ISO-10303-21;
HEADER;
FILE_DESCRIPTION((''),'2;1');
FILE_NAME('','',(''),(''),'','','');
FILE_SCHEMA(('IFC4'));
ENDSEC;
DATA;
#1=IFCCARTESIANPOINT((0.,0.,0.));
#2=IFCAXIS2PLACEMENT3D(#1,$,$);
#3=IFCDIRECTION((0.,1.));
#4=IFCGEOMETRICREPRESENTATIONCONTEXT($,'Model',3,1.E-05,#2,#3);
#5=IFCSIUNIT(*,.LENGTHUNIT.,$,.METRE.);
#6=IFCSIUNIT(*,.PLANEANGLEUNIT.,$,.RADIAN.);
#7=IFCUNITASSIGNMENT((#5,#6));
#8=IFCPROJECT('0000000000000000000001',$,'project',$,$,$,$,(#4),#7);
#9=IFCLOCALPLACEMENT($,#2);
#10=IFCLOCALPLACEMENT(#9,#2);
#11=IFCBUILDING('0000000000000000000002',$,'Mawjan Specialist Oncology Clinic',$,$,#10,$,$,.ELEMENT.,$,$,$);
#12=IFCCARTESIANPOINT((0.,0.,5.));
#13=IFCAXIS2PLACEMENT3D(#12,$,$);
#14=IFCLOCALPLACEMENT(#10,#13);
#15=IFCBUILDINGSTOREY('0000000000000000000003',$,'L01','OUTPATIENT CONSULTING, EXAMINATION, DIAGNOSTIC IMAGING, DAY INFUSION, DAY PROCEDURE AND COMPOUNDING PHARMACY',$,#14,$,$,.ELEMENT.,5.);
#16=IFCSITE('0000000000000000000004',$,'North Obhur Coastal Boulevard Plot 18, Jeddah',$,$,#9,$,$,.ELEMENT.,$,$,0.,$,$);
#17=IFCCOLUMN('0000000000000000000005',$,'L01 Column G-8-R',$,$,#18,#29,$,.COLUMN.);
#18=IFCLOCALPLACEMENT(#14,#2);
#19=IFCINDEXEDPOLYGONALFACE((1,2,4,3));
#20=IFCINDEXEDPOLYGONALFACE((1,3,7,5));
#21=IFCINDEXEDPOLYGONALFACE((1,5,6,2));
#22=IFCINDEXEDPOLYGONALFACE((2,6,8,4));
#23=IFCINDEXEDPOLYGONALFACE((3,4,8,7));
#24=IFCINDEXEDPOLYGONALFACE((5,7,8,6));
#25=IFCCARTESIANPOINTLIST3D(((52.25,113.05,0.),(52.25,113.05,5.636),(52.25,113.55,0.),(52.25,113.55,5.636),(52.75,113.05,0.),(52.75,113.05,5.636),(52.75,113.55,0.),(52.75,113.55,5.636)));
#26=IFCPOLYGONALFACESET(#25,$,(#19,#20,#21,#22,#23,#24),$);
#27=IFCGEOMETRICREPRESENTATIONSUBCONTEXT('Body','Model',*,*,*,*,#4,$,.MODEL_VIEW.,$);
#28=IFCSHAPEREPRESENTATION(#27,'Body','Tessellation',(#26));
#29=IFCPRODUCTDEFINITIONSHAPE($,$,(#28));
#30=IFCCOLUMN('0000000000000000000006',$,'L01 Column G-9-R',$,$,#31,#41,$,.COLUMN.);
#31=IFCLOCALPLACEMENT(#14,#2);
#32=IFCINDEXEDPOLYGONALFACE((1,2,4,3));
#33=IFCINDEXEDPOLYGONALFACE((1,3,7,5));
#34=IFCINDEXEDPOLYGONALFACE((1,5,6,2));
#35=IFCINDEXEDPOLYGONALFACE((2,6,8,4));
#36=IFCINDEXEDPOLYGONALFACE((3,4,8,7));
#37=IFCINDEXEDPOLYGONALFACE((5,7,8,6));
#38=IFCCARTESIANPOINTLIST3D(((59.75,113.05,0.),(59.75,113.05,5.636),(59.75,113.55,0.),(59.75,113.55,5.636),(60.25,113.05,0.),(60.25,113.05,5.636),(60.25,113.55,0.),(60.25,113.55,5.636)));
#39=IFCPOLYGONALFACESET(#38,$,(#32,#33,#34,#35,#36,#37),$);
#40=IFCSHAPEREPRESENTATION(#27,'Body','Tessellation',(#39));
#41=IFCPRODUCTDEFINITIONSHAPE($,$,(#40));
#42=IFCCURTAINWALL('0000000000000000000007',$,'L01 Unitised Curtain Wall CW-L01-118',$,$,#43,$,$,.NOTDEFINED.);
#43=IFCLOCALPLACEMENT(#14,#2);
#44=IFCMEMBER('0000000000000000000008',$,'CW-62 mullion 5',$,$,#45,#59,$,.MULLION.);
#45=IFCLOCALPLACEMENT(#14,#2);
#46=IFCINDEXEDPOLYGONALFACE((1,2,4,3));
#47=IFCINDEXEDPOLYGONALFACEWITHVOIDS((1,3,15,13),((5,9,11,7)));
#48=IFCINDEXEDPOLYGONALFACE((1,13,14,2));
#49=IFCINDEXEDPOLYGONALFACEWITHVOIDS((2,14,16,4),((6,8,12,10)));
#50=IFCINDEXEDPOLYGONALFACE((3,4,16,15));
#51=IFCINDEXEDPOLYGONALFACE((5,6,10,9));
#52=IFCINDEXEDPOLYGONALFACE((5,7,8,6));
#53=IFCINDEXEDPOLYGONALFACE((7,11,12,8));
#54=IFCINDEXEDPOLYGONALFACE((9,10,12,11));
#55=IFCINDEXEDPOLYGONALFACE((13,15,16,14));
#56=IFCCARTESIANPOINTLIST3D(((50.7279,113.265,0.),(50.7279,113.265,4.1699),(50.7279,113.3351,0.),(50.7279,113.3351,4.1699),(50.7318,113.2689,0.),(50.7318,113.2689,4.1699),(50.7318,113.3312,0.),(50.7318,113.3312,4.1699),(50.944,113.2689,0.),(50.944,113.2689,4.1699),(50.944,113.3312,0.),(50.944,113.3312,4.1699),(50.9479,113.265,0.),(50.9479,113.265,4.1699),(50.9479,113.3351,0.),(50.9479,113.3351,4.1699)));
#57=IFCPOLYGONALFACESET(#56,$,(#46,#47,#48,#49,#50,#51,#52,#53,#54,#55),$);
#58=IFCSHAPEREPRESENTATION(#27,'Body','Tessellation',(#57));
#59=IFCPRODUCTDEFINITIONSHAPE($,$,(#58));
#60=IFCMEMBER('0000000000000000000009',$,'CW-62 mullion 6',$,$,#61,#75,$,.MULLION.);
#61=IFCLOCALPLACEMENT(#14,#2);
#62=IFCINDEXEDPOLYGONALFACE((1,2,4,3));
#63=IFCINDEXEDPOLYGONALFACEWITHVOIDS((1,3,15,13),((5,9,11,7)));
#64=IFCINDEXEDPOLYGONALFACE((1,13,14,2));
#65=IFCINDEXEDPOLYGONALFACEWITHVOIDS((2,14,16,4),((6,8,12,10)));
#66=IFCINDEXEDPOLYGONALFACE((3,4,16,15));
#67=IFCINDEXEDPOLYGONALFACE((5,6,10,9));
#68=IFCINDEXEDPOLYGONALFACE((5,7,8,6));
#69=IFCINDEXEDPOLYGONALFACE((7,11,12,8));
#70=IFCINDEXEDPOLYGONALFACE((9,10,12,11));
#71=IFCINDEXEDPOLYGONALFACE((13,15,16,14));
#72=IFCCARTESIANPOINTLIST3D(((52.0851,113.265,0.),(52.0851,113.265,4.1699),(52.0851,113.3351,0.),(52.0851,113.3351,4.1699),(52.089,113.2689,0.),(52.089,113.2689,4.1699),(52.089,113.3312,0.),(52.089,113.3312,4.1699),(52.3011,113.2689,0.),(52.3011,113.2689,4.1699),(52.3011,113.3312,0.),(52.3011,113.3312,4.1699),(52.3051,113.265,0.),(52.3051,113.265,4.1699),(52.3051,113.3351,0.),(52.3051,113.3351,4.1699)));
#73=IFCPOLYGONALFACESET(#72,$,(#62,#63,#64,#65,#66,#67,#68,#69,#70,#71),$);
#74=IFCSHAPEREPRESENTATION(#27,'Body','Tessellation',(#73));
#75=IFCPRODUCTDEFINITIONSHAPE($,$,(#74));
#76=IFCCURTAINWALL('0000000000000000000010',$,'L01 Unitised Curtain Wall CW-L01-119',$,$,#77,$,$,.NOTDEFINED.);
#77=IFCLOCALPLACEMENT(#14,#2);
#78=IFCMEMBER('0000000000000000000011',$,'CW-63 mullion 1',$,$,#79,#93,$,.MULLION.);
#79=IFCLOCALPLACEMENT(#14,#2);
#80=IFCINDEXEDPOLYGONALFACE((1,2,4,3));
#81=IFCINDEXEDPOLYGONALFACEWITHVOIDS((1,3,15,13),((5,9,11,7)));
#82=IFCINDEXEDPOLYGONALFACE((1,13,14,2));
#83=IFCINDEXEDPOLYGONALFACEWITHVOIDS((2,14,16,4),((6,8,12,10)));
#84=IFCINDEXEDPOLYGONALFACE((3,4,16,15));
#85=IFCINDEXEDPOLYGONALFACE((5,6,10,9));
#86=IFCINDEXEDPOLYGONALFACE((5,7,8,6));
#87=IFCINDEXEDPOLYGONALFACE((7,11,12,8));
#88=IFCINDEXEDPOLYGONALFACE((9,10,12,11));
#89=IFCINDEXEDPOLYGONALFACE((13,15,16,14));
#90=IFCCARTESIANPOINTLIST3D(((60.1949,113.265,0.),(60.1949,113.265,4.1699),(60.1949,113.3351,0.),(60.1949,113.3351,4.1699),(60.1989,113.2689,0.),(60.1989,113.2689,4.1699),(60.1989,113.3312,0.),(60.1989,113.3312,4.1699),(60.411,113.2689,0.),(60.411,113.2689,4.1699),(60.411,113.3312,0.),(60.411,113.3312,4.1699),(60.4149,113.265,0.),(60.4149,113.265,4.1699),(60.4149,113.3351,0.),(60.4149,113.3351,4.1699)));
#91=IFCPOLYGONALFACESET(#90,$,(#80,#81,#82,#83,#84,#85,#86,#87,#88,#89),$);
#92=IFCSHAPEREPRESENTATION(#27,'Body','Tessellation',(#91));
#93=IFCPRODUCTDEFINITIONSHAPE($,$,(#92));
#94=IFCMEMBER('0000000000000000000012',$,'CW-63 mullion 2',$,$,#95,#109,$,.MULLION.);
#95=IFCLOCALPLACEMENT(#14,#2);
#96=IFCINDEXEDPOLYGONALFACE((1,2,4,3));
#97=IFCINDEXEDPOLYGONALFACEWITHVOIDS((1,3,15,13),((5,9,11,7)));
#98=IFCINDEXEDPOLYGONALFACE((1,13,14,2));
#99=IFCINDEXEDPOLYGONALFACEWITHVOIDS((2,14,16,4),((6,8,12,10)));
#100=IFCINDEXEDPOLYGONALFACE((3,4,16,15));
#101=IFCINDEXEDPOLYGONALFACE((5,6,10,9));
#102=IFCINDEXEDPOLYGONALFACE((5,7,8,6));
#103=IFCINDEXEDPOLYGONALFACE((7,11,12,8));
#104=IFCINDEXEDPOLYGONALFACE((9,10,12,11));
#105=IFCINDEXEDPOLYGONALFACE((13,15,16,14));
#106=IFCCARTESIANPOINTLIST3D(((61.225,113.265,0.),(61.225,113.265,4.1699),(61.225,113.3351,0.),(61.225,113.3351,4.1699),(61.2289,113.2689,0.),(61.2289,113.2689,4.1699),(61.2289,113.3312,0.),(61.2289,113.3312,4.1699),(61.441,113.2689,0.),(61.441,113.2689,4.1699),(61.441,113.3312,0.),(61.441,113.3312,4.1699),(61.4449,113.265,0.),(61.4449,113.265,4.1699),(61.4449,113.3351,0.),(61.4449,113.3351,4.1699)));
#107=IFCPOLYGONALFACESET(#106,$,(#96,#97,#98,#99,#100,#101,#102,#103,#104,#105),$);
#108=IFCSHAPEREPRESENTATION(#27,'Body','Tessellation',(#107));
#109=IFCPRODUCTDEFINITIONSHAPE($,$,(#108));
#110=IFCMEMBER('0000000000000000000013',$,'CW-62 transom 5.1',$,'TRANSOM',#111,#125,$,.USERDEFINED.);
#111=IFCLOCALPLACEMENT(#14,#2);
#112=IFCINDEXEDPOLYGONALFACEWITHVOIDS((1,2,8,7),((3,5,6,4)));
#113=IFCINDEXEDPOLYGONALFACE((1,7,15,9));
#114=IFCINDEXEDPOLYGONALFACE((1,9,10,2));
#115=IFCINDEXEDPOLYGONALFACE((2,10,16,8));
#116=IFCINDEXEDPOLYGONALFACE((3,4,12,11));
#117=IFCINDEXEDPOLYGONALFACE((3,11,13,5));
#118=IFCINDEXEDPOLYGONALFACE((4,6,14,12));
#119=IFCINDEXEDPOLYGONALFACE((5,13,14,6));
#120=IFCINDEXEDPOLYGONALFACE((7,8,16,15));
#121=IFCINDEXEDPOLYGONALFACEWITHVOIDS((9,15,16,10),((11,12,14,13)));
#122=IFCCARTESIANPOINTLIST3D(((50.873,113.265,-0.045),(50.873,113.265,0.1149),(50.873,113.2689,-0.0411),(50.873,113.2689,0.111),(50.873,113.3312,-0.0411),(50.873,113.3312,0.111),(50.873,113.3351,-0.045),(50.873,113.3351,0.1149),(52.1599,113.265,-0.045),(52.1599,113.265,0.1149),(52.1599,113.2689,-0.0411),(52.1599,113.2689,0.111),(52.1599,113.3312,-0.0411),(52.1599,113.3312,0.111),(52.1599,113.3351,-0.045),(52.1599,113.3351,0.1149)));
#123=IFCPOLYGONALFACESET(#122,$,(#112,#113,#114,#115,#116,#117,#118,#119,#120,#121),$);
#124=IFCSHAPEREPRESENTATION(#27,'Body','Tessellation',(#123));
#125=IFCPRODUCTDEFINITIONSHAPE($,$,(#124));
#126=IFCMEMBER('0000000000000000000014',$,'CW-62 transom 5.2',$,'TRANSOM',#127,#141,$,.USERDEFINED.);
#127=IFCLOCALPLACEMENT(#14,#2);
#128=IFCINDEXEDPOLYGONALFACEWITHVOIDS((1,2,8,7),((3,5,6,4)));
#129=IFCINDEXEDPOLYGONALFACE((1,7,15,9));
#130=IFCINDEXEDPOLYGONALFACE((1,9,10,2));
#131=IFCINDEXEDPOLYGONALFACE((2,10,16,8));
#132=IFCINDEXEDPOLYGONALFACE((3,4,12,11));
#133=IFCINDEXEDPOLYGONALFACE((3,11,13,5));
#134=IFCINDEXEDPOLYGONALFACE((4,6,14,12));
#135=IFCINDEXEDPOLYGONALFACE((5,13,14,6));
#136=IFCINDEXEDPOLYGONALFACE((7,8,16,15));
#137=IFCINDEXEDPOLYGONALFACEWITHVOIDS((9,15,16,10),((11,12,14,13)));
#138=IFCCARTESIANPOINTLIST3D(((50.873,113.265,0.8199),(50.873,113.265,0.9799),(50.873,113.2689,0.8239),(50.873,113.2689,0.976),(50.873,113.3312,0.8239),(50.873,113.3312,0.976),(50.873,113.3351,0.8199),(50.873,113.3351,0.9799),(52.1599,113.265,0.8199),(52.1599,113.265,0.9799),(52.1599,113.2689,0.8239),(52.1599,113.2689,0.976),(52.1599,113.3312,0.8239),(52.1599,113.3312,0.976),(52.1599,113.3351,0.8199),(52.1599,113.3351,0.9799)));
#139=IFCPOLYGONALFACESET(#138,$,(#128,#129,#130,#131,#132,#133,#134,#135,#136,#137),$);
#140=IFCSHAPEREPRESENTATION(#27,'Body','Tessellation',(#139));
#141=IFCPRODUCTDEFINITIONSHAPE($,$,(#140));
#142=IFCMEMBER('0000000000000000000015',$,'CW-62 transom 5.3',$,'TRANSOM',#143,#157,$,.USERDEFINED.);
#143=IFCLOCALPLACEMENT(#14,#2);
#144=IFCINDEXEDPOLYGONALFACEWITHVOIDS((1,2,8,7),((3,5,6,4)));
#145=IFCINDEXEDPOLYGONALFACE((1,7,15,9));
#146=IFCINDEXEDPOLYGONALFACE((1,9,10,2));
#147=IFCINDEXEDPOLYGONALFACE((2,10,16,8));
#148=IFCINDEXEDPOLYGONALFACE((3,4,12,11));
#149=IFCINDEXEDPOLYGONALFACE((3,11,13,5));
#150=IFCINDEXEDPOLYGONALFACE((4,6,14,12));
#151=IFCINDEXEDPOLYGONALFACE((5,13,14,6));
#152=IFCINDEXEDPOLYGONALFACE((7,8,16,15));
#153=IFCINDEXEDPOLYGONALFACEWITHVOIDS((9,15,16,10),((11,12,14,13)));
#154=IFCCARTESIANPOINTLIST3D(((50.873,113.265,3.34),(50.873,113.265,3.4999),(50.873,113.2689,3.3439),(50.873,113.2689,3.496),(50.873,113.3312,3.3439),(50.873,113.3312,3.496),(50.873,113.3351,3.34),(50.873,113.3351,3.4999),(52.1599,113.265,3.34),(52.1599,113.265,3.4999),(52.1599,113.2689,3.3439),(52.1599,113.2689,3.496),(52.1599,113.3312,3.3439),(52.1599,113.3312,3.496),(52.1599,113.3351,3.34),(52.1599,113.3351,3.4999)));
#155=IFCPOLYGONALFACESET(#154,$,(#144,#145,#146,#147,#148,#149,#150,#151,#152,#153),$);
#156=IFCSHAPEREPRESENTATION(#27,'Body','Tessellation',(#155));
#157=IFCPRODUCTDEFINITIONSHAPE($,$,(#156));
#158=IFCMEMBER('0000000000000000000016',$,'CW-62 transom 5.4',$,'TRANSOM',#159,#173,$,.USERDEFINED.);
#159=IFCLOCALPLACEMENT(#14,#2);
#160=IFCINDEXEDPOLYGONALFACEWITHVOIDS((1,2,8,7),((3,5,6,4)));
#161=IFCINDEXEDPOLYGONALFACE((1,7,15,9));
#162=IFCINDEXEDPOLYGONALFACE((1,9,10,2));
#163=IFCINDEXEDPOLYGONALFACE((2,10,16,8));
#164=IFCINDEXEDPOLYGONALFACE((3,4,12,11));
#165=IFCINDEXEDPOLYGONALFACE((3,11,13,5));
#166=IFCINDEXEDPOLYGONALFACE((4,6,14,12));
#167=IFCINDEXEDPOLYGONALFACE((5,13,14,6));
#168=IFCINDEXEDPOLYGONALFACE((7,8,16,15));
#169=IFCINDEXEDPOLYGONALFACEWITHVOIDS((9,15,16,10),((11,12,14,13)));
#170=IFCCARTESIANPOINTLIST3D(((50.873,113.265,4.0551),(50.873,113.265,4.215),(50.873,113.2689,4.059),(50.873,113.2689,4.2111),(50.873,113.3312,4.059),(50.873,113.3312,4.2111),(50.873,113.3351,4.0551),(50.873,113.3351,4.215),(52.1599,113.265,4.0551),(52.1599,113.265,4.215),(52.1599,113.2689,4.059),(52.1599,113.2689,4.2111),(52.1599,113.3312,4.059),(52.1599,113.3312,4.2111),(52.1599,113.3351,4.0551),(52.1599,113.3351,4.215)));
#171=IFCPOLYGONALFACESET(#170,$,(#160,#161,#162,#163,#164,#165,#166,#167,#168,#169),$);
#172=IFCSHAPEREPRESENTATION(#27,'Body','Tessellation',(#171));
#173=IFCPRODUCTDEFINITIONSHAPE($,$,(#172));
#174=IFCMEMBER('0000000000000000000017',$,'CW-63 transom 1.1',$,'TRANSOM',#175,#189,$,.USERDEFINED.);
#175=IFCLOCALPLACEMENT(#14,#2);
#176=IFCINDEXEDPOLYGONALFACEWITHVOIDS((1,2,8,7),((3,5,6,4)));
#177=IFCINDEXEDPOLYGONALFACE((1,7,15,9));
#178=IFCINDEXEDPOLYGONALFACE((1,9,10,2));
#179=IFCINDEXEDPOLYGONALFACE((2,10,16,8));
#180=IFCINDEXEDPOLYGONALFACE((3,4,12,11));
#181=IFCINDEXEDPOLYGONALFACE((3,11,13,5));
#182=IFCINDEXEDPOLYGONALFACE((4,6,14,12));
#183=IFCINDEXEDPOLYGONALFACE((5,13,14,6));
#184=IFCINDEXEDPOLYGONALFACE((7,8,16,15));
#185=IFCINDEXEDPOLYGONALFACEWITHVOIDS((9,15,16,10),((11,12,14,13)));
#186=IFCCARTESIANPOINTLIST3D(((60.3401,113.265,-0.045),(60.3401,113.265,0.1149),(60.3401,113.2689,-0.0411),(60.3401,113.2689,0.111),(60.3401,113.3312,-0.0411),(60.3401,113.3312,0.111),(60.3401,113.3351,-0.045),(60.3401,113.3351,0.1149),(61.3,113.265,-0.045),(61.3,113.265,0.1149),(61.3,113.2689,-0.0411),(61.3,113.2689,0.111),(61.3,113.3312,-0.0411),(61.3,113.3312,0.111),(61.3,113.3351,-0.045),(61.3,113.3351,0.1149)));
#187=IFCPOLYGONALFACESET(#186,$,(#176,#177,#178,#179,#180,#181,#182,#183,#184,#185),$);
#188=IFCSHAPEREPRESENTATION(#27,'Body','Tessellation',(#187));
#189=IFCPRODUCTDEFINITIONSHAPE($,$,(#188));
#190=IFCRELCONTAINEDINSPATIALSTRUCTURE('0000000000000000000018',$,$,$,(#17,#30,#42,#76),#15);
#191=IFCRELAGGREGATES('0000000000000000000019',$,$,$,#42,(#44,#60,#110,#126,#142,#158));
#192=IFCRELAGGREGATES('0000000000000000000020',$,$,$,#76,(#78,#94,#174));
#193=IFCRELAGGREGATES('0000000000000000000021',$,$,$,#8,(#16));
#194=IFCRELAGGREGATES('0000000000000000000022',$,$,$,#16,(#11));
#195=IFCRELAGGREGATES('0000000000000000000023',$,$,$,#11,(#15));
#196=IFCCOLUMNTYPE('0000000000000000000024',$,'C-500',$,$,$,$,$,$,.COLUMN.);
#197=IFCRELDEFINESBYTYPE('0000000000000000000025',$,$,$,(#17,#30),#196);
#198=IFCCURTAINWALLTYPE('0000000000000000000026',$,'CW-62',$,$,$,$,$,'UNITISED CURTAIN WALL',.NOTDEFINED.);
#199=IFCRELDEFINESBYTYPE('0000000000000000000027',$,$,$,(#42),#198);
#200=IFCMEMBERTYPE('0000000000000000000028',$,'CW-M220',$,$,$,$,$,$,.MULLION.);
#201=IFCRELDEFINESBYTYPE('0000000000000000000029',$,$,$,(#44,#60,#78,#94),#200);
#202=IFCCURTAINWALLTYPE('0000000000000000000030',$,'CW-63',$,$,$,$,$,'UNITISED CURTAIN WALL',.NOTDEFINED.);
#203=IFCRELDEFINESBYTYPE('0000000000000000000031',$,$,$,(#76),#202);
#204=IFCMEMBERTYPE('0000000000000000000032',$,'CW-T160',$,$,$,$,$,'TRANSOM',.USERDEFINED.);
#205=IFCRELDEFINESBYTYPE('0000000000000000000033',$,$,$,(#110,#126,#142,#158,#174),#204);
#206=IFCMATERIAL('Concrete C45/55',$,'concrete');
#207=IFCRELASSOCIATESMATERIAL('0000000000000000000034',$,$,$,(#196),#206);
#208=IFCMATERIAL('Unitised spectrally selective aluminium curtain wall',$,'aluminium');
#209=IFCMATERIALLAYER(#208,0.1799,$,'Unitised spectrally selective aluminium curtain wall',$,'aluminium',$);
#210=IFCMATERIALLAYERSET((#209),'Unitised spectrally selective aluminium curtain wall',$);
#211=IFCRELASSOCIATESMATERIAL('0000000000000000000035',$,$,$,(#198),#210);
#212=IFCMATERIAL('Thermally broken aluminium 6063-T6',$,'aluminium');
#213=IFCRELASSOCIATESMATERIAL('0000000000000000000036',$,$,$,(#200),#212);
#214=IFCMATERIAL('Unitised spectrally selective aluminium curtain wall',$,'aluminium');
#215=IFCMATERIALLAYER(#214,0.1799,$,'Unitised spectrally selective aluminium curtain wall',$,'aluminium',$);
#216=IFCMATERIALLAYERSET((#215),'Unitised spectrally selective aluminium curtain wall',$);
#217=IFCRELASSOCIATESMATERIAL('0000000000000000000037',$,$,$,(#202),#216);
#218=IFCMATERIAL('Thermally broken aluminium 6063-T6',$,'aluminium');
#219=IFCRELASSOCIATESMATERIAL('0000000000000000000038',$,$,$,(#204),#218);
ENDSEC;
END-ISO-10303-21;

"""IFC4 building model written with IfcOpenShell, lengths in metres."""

from ifc_helpers import new_model, si_unit, direction, frame, origin, origin_2d, place, context, subcontext, project, spatial, rectangle, hollow_rectangle, extrude, material, layer, layer_set, material_profile, profile_set, type_object, element, aggregate, save


model = new_model("IFC4")

# Units and contexts
model_context = context("Model", 3, precision=1e-05, world=origin(), true_north=direction((0.0, 1.0)))
body_context = subcontext(model_context, "Body", "Model", "MODEL_VIEW")
ifc_project = project(units=[si_unit("LENGTHUNIT", "METRE"), si_unit("PLANEANGLEUNIT", "RADIAN")], contexts=[model_context])

# Site, building, storey
site_placement = place(None, origin())
site = spatial("IfcSite", under=ifc_project, at=site_placement, Name="North Obhur Coastal Boulevard Plot 18, Jeddah", CompositionType="ELEMENT", RefElevation=0.0)
building_placement = place(site_placement, origin())
building = spatial("IfcBuilding", under=site, at=building_placement, Name="Mawjan Specialist Oncology Clinic", CompositionType="ELEMENT")
storey_placement = place(building_placement, frame((0.0, 0.0, 5.0)))
storey = spatial("IfcBuildingStorey", under=building, at=storey_placement, Name="L01", Description="OUTPATIENT CONSULTING, EXAMINATION, DIAGNOSTIC IMAGING, DAY INFUSION, DAY PROCEDURE AND COMPOUNDING PHARMACY", CompositionType="ELEMENT", Elevation=5.0)

# Columns
ifc_material_1 = material(Name="Concrete C45/55", Category="concrete")
ifc_material_profile_1 = material_profile(ifc_material_1, rectangle(XDim=0.5, YDim=0.5, at=origin_2d()), Name="RC COL 500x500", Category="concrete")
ifc_profile_set_1 = profile_set([ifc_material_profile_1], Name="Concrete C45/55")
column_type = type_object("IfcColumnType", Name="C-500", PredefinedType="COLUMN", material=ifc_profile_set_1)
for number, where, z_axis, x_axis, name in (
    (1, (52.5, 113.3, 0.0), (0.0, 0.0, 1.0), (1.0, 0.0, 0.0), "L01 Column G-8-R"),
    (2, (60.0, 113.3, 0.0), (0.0, 0.0, 1.0), (1.0, 0.0, 0.0), "L01 Column G-9-R"),
):
    element("IfcColumn", number, at=place(storey_placement, frame(where, z_axis=z_axis, x_axis=x_axis)), inside=storey, type_object=column_type, Name=name, PredefinedType="COLUMN", context=body_context, shape_type="SweptSolid", body=[
        extrude(rectangle(XDim=0.5, YDim=0.5, at=origin_2d()), origin(), (0.0, 0.0, 1.0), 5.636),
    ])

# Curtain walls, members
ifc_material_2 = material(Name="Unitised spectrally selective aluminium curtain wall", Category="aluminium")
ifc_layer_1 = layer(ifc_material_2, 0.1799, Name="Unitised spectrally selective aluminium curtain wall", Category="aluminium")
ifc_layer_set_1 = layer_set([ifc_layer_1], Name="Unitised spectrally selective aluminium curtain wall")
curtain_wall_type_1 = type_object("IfcCurtainWallType", Name="CW-62", ElementType="UNITISED CURTAIN WALL", PredefinedType="NOTDEFINED", material=ifc_layer_set_1)
curtain_wall_1_placement = place(storey_placement, origin())
curtain_wall_1 = element("IfcCurtainWall", 3, at=curtain_wall_1_placement, inside=storey, type_object=curtain_wall_type_1, Name="L01 Unitised Curtain Wall CW-L01-118", PredefinedType="NOTDEFINED")
ifc_material_3 = material(Name="Thermally broken aluminium 6063-T6", Category="aluminium")
ifc_material_profile_2 = material_profile(ifc_material_3, hollow_rectangle(XDim=0.0701, YDim=0.22, WallThickness=0.0039, at=origin_2d()), Name="ALU MULLION 220x70x4", Category="aluminium")
ifc_profile_set_2 = profile_set([ifc_material_profile_2], Name="Thermally broken aluminium 6063-T6")
member_type_1 = type_object("IfcMemberType", Name="CW-M220", PredefinedType="MULLION", material=ifc_profile_set_2)
member_1_placement = place(storey_placement, frame((50.8379, 113.3, 0.0), z_axis=(0.0, 0.0, 1.0), x_axis=(0.0, 1.0, 0.0)))
member_1 = element("IfcMember", 4, at=member_1_placement, type_object=member_type_1, Name="CW-62 mullion 5", PredefinedType="MULLION", context=body_context, shape_type="SweptSolid", body=[
    extrude(hollow_rectangle(XDim=0.0701, YDim=0.22, WallThickness=0.0039, at=origin_2d()), origin(), (0.0, 0.0, 1.0), 4.1699),
])
member_2_placement = place(storey_placement, frame((52.1951, 113.3, 0.0), z_axis=(0.0, 0.0, 1.0), x_axis=(0.0, 1.0, 0.0)))
member_2 = element("IfcMember", 5, at=member_2_placement, type_object=member_type_1, Name="CW-62 mullion 6", PredefinedType="MULLION", context=body_context, shape_type="SweptSolid", body=[
    extrude(hollow_rectangle(XDim=0.0701, YDim=0.22, WallThickness=0.0039, at=origin_2d()), origin(), (0.0, 0.0, 1.0), 4.1699),
])
ifc_material_4 = material(Name="Unitised spectrally selective aluminium curtain wall", Category="aluminium")
ifc_layer_2 = layer(ifc_material_4, 0.1799, Name="Unitised spectrally selective aluminium curtain wall", Category="aluminium")
ifc_layer_set_2 = layer_set([ifc_layer_2], Name="Unitised spectrally selective aluminium curtain wall")
curtain_wall_type_2 = type_object("IfcCurtainWallType", Name="CW-63", ElementType="UNITISED CURTAIN WALL", PredefinedType="NOTDEFINED", material=ifc_layer_set_2)
curtain_wall_2_placement = place(storey_placement, origin())
curtain_wall_2 = element("IfcCurtainWall", 6, at=curtain_wall_2_placement, inside=storey, type_object=curtain_wall_type_2, Name="L01 Unitised Curtain Wall CW-L01-119", PredefinedType="NOTDEFINED")
member_3_placement = place(storey_placement, frame((60.3049, 113.3, 0.0), z_axis=(0.0, 0.0, 1.0), x_axis=(0.0, 1.0, 0.0)))
member_3 = element("IfcMember", 7, at=member_3_placement, type_object=member_type_1, Name="CW-63 mullion 1", PredefinedType="MULLION", context=body_context, shape_type="SweptSolid", body=[
    extrude(hollow_rectangle(XDim=0.0701, YDim=0.22, WallThickness=0.0039, at=origin_2d()), origin(), (0.0, 0.0, 1.0), 4.1699),
])
member_4_placement = place(storey_placement, frame((61.335, 113.3, 0.0), z_axis=(0.0, 0.0, 1.0), x_axis=(0.0, 1.0, 0.0)))
member_4 = element("IfcMember", 8, at=member_4_placement, type_object=member_type_1, Name="CW-63 mullion 2", PredefinedType="MULLION", context=body_context, shape_type="SweptSolid", body=[
    extrude(hollow_rectangle(XDim=0.0701, YDim=0.22, WallThickness=0.0039, at=origin_2d()), origin(), (0.0, 0.0, 1.0), 4.1699),
])

# Members
ifc_material_5 = material(Name="Thermally broken aluminium 6063-T6", Category="aluminium")
ifc_material_profile_3 = material_profile(ifc_material_5, hollow_rectangle(XDim=0.0701, YDim=0.1599, WallThickness=0.0039, at=origin_2d()), Name="ALU TRANSOM 160x70x4", Category="aluminium")
ifc_profile_set_3 = profile_set([ifc_material_profile_3], Name="Thermally broken aluminium 6063-T6")
member_type_2 = type_object("IfcMemberType", Name="CW-T160", ElementType="TRANSOM", PredefinedType="USERDEFINED", material=ifc_profile_set_3)
member_5_placement = place(storey_placement, frame((50.873, 113.3, 0.0349), z_axis=(1.0, 0.0, 0.0), x_axis=(0.0, 1.0, 0.0)))
member_5 = element("IfcMember", 9, at=member_5_placement, type_object=member_type_2, Name="CW-62 transom 5.1", ObjectType="TRANSOM", PredefinedType="USERDEFINED", context=body_context, shape_type="SweptSolid", body=[
    extrude(hollow_rectangle(XDim=0.0701, YDim=0.1599, WallThickness=0.0039, at=origin_2d()), origin(), (0.0, 0.0, 1.0), 1.2869),
])
member_6_placement = place(storey_placement, frame((50.873, 113.3, 0.8999), z_axis=(1.0, 0.0, 0.0), x_axis=(0.0, 1.0, 0.0)))
member_6 = element("IfcMember", 10, at=member_6_placement, type_object=member_type_2, Name="CW-62 transom 5.2", ObjectType="TRANSOM", PredefinedType="USERDEFINED", context=body_context, shape_type="SweptSolid", body=[
    extrude(hollow_rectangle(XDim=0.0701, YDim=0.1599, WallThickness=0.0039, at=origin_2d()), origin(), (0.0, 0.0, 1.0), 1.2869),
])
member_7_placement = place(storey_placement, frame((50.873, 113.3, 3.4199), z_axis=(1.0, 0.0, 0.0), x_axis=(0.0, 1.0, 0.0)))
member_7 = element("IfcMember", 11, at=member_7_placement, type_object=member_type_2, Name="CW-62 transom 5.3", ObjectType="TRANSOM", PredefinedType="USERDEFINED", context=body_context, shape_type="SweptSolid", body=[
    extrude(hollow_rectangle(XDim=0.0701, YDim=0.1599, WallThickness=0.0039, at=origin_2d()), origin(), (0.0, 0.0, 1.0), 1.2869),
])
member_8_placement = place(storey_placement, frame((50.873, 113.3, 4.135), z_axis=(1.0, 0.0, 0.0), x_axis=(0.0, 1.0, 0.0)))
member_8 = element("IfcMember", 12, at=member_8_placement, type_object=member_type_2, Name="CW-62 transom 5.4", ObjectType="TRANSOM", PredefinedType="USERDEFINED", context=body_context, shape_type="SweptSolid", body=[
    extrude(hollow_rectangle(XDim=0.0701, YDim=0.1599, WallThickness=0.0039, at=origin_2d()), origin(), (0.0, 0.0, 1.0), 1.2869),
])
member_9_placement = place(storey_placement, frame((60.3401, 113.3, 0.0349), z_axis=(1.0, 0.0, 0.0), x_axis=(0.0, 1.0, 0.0)))
member_9 = element("IfcMember", 13, at=member_9_placement, type_object=member_type_2, Name="CW-63 transom 1.1", ObjectType="TRANSOM", PredefinedType="USERDEFINED", context=body_context, shape_type="SweptSolid", body=[
    extrude(hollow_rectangle(XDim=0.0701, YDim=0.1599, WallThickness=0.0039, at=origin_2d()), origin(), (0.0, 0.0, 1.0), 0.96),
])

aggregate(curtain_wall_1, [member_1, member_2, member_5, member_6, member_7, member_8])
aggregate(curtain_wall_2, [member_3, member_4, member_9])

save(model, "model.ifc")
